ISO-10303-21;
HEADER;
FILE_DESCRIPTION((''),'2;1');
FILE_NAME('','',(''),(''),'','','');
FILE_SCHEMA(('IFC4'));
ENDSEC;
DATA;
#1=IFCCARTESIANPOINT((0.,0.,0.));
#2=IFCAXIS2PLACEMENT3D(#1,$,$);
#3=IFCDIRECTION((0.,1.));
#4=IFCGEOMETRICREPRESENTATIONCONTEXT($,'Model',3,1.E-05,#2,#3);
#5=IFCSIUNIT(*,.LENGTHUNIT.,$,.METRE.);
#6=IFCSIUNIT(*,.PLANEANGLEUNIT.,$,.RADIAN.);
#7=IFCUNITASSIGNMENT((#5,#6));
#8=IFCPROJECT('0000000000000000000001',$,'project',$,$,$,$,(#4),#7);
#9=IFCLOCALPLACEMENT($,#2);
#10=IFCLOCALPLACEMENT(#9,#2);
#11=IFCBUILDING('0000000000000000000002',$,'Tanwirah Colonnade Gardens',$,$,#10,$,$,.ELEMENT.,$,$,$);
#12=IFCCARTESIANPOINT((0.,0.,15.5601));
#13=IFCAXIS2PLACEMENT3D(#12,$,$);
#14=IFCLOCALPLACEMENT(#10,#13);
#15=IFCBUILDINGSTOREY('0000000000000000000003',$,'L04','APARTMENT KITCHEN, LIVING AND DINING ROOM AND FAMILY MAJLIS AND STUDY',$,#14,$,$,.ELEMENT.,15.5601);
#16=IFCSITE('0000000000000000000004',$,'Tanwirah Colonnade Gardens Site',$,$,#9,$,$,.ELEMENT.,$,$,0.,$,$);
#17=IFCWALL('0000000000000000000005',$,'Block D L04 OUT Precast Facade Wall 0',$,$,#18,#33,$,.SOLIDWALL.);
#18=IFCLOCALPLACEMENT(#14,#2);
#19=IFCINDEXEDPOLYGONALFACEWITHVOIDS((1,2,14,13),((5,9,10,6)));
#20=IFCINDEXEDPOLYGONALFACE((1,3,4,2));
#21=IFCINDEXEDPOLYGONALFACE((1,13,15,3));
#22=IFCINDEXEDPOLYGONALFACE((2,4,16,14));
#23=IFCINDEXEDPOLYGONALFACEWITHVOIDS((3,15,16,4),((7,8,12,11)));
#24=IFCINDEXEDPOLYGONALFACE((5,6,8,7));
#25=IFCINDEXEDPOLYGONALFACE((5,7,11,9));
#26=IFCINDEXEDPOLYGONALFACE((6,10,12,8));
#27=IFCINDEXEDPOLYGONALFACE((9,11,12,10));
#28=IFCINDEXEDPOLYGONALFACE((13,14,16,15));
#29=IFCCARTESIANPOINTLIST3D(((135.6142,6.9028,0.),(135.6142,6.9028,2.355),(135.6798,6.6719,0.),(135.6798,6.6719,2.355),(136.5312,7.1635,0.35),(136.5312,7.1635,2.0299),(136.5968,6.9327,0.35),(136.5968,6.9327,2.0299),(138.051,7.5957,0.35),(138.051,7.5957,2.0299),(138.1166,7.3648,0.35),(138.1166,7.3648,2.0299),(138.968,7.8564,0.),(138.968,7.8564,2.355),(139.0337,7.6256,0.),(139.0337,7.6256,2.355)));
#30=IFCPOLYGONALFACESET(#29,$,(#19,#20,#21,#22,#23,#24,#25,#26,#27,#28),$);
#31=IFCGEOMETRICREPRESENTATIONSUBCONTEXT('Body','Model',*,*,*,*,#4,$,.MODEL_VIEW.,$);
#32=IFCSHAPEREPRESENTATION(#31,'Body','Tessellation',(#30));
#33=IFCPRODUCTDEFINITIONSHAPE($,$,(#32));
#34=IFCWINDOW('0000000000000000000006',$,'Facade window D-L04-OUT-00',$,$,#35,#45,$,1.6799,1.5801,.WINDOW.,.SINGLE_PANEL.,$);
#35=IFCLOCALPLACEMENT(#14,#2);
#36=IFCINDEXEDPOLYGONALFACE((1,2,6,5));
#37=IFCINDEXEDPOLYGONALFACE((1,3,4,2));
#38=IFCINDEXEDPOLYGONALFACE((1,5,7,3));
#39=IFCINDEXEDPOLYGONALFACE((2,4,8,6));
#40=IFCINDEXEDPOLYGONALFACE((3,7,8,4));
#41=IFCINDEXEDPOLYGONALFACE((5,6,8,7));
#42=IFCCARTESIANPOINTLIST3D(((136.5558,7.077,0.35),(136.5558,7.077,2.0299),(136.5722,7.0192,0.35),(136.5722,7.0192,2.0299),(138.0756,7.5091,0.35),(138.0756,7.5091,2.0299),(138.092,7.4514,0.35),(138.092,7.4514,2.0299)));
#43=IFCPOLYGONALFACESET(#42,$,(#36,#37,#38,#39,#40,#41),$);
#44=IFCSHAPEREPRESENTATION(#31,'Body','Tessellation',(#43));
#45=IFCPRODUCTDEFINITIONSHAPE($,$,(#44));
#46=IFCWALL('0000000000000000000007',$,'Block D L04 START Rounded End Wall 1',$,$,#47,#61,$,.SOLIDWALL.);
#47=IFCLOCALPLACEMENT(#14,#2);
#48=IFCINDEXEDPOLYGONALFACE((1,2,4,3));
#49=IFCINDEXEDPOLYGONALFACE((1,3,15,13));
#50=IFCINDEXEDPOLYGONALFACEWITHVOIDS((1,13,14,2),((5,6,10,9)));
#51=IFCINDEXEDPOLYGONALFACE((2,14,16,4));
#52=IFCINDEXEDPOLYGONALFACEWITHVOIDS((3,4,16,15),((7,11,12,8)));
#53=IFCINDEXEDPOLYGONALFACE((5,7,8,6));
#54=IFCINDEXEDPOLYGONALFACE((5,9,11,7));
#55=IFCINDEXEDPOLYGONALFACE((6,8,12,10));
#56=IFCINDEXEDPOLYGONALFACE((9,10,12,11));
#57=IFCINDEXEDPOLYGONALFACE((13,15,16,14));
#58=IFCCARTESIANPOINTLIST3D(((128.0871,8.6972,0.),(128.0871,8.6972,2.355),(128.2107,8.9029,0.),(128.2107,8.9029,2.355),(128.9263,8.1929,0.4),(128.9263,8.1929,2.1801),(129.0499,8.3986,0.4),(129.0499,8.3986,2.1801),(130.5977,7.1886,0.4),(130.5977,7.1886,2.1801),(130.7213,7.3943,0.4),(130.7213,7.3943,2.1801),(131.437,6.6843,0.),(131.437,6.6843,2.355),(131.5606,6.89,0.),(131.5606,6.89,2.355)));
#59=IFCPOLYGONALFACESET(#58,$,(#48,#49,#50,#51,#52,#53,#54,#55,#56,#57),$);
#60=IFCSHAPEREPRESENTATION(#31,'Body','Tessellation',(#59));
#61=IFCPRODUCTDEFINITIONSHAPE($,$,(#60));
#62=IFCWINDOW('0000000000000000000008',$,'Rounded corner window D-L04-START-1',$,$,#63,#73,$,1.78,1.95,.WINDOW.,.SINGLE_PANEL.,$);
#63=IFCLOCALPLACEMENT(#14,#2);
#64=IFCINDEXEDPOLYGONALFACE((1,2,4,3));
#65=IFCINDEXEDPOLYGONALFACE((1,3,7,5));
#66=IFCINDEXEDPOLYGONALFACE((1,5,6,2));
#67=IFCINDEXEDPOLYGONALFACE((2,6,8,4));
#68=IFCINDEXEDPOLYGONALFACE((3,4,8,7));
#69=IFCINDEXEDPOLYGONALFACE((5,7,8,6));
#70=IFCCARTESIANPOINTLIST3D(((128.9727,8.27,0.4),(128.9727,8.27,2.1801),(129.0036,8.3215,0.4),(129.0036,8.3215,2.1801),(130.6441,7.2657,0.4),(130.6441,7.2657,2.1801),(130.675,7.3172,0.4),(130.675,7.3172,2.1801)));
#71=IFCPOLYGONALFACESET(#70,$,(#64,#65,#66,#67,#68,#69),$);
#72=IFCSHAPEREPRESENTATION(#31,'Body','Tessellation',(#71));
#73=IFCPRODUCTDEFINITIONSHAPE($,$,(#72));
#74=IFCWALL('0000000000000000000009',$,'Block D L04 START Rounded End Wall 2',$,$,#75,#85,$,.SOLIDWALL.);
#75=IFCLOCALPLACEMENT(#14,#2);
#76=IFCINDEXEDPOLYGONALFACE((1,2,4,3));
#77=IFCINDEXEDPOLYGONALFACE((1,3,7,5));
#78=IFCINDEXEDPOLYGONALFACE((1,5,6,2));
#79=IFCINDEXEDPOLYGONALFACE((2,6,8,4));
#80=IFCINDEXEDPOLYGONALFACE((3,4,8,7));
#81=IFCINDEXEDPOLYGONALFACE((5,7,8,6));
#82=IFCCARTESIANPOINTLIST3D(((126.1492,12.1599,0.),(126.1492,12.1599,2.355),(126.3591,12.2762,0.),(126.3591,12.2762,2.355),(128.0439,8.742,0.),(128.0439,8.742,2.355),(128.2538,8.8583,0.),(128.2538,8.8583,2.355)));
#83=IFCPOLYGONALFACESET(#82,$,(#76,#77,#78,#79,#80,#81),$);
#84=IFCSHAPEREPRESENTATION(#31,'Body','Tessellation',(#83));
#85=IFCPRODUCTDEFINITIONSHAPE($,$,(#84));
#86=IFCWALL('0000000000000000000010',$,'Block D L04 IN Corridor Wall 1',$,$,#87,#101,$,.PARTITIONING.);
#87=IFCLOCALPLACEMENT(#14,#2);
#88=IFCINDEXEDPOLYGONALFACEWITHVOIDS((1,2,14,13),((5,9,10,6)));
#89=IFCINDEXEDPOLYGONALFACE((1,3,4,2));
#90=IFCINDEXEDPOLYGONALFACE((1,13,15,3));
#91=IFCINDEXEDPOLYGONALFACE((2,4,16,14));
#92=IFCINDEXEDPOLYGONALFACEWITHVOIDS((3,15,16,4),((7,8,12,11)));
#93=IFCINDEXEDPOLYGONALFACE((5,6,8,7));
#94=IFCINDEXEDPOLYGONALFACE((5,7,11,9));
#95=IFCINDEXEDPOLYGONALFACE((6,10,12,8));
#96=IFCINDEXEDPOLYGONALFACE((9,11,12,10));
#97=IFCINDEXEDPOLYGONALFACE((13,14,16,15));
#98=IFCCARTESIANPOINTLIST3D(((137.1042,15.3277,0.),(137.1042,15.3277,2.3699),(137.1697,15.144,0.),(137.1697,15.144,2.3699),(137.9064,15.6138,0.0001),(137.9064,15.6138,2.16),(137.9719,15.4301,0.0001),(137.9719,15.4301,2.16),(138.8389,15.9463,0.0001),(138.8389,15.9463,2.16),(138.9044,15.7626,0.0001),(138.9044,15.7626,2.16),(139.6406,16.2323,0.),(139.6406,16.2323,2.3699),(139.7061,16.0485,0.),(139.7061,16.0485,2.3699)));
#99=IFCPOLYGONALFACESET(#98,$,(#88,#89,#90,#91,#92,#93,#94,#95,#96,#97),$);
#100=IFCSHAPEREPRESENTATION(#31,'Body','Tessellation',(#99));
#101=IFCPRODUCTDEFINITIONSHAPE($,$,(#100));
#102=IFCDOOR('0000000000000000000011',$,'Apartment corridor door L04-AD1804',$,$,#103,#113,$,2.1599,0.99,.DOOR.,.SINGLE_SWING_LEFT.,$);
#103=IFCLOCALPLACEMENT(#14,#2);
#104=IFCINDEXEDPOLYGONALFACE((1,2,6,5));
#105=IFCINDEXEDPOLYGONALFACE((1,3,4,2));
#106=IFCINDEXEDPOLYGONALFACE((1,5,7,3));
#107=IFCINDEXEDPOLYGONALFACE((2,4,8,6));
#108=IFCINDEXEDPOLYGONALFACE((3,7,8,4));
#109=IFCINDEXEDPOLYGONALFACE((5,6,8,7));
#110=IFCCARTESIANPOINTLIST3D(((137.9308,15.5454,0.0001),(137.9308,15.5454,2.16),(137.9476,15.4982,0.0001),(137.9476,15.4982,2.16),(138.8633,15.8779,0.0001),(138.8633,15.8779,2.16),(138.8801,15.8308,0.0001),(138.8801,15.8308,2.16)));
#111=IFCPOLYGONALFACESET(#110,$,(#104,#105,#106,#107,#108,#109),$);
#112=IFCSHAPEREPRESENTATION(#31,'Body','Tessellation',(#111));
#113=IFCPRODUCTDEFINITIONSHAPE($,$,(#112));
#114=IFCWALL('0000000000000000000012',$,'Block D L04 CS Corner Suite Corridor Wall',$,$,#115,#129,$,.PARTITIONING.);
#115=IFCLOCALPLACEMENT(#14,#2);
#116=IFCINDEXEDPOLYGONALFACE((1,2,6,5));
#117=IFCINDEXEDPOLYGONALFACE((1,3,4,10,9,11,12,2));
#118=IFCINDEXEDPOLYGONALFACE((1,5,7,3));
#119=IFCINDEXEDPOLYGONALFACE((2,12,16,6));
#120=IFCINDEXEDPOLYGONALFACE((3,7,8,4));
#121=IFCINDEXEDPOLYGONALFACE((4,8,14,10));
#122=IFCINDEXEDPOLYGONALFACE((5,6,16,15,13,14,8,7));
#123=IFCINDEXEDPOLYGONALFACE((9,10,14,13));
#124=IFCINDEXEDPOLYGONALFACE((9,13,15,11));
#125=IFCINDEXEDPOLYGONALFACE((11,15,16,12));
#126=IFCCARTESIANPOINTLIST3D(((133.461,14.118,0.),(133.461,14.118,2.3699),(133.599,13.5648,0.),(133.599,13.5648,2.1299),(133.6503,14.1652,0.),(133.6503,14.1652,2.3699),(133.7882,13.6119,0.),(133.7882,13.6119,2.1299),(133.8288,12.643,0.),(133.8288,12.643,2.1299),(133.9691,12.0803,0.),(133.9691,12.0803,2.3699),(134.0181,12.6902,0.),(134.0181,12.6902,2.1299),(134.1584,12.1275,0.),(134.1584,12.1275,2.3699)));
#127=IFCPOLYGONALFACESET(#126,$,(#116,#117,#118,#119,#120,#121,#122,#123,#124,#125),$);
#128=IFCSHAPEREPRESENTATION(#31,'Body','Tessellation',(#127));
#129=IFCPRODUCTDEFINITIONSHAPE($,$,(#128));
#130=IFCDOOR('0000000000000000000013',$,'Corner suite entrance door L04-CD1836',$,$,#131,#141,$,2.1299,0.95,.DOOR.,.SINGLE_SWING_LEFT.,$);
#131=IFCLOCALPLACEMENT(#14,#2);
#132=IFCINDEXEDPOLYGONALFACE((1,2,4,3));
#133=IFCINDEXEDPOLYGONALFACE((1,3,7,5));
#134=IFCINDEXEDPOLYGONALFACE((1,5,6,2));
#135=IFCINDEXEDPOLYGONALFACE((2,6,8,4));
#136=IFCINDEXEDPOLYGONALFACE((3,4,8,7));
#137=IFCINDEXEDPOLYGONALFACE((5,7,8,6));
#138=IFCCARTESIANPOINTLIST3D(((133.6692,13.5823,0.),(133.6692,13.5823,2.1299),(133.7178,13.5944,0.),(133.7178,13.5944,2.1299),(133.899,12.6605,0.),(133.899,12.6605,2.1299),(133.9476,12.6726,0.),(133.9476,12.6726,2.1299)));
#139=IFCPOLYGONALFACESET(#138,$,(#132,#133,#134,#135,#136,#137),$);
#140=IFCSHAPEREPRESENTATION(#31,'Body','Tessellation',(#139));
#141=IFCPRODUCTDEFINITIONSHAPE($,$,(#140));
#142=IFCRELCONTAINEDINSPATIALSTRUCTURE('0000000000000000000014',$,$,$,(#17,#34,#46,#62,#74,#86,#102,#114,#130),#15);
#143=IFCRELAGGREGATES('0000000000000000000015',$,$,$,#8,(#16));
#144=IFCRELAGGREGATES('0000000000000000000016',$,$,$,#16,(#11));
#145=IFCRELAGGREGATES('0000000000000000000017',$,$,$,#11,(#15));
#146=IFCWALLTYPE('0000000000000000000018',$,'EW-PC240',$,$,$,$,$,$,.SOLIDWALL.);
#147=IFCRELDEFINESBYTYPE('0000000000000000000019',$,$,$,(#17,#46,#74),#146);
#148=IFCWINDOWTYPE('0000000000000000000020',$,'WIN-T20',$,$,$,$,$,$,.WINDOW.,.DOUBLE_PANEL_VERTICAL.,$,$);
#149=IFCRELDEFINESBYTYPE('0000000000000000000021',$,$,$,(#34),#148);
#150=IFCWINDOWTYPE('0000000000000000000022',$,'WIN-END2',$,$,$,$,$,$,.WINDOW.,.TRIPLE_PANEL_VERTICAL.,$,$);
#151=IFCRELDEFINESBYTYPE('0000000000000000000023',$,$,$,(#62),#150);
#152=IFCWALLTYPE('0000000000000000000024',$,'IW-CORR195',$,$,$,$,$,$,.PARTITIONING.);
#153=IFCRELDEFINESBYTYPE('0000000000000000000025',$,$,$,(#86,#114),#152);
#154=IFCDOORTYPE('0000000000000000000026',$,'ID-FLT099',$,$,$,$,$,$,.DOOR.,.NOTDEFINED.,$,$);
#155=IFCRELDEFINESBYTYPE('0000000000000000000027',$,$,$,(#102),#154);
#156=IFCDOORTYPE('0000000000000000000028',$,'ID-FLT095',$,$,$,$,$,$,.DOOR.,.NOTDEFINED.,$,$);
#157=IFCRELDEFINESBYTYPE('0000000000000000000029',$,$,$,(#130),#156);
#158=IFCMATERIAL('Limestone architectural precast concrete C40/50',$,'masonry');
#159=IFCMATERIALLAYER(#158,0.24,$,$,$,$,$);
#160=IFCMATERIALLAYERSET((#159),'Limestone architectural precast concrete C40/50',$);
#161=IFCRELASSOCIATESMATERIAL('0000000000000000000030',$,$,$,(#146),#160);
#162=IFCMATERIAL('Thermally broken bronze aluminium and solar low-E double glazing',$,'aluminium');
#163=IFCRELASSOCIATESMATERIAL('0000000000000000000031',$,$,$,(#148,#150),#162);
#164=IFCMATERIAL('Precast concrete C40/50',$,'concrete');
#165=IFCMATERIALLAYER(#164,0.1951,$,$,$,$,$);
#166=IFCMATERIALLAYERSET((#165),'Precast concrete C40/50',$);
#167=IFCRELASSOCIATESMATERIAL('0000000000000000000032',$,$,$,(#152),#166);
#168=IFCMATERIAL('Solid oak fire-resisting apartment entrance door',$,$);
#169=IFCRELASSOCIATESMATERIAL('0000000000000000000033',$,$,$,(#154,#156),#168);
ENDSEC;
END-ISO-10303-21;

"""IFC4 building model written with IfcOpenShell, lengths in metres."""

from ifc_helpers import new_model, si_unit, direction, frame, frame_2d, origin, place, context, subcontext, project, spatial, rectangle, extrude, material, layer, layer_set, type_object, element, fill, save


model = new_model("IFC4")

# Units and contexts
model_context = context("Model", 3, precision=1e-05, world=origin(), true_north=direction((0.0, 1.0)))
body_context = subcontext(model_context, "Body", "Model", "MODEL_VIEW")
ifc_project = project(units=[si_unit("LENGTHUNIT", "METRE"), si_unit("PLANEANGLEUNIT", "RADIAN")], contexts=[model_context])

# Site, building, storey
site_placement = place(None, origin())
site = spatial("IfcSite", under=ifc_project, at=site_placement, Name="Tanwirah Colonnade Gardens Site", CompositionType="ELEMENT", RefElevation=0.0)
building_placement = place(site_placement, origin())
building = spatial("IfcBuilding", under=site, at=building_placement, Name="Tanwirah Colonnade Gardens", CompositionType="ELEMENT")
storey_placement = place(building_placement, frame((0.0, 0.0, 15.5601)))
storey = spatial("IfcBuildingStorey", under=building, at=storey_placement, Name="L04", Description="APARTMENT KITCHEN, LIVING AND DINING ROOM AND FAMILY MAJLIS AND STUDY", CompositionType="ELEMENT", Elevation=15.5601)

# Shared definitions
ifc_material_1 = material(Name="Precast concrete C40/50", Category="concrete")

# Walls, openings, windows
ifc_material_2 = material(Name="Limestone architectural precast concrete C40/50", Category="masonry")
ifc_layer_1 = layer(ifc_material_2, 0.24)
ifc_layer_set_1 = layer_set([ifc_layer_1], Name="Limestone architectural precast concrete C40/50")
wall_type_1 = type_object("IfcWallType", Name="EW-PC240", PredefinedType="SOLIDWALL", material=ifc_layer_set_1)
wall_1_placement = place(storey_placement, frame((135.647, 6.7874, 0.0), z_axis=(0.0, 0.0, 1.0), x_axis=(0.961872, 0.2735, 0.0)))
wall_1 = element("IfcWall", 1, at=wall_1_placement, inside=storey, type_object=wall_type_1, Name="Block D L04 OUT Precast Facade Wall 0", PredefinedType="SOLIDWALL", context=body_context, shape_type="SweptSolid", body=[
    extrude(rectangle(XDim=3.4868, YDim=0.24, at=frame_2d((1.7434, 0.0))), origin(), (0.0, 0.0, 1.0), 2.355),
])
opening_1_placement = place(wall_1_placement, frame((0.9534, 0.0, 0.3501)))
opening_1 = element("IfcOpeningElement", 2, at=opening_1_placement, cuts=wall_1, PredefinedType="OPENING", context=body_context, shape_type="SweptSolid", body=[
    extrude(rectangle(XDim=1.5801, YDim=1.6799, at=frame_2d((0.79, 0.8398))), frame((0.0, 0.1299, 0.0), z_axis=(0.0, -1.0, 0.0), x_axis=(1.0, 0.0, 0.0)), (0.0, 0.0, 1.0), 0.26),
])
ifc_material_3 = material(Name="Thermally broken bronze aluminium and solar low-E double glazing", Category="aluminium")
window_type_1 = type_object("IfcWindowType", Name="WIN-T20", PartitioningType="DOUBLE_PANEL_VERTICAL", PredefinedType="WINDOW", material=ifc_material_3)
window_1_placement = place(opening_1_placement, origin())
window_1 = element("IfcWindow", 3, at=window_1_placement, inside=storey, type_object=window_type_1, Name="Facade window D-L04-OUT-00", OverallHeight=1.6799, OverallWidth=1.5801, PartitioningType="SINGLE_PANEL", PredefinedType="WINDOW", context=body_context, shape_type="SweptSolid", body=[
    extrude(rectangle(XDim=1.5801, YDim=1.6799, at=frame_2d((0.79, 0.8398))), frame((0.0, 0.03, 0.0), z_axis=(0.0, -1.0, 0.0), x_axis=(1.0, 0.0, 0.0)), (0.0, 0.0, 1.0), 0.0601),
])
fill(opening_1, window_1)
wall_2_placement = place(storey_placement, frame((131.4988, 6.7871, 0.0), z_axis=(0.0, 0.0, 1.0), x_axis=(-0.857151, 0.515065, 0.0)))
wall_2 = element("IfcWall", 4, at=wall_2_placement, inside=storey, type_object=wall_type_1, Name="Block D L04 START Rounded End Wall 1", PredefinedType="SOLIDWALL", context=body_context, shape_type="SweptSolid", body=[
    extrude(rectangle(XDim=3.9082, YDim=0.24, at=frame_2d((1.9541, 0.0))), origin(), (0.0, 0.0, 1.0), 2.355),
])
opening_2_placement = place(wall_2_placement, frame((0.979, 0.0, 0.3999)))
opening_2 = element("IfcOpeningElement", 5, at=opening_2_placement, cuts=wall_2, PredefinedType="OPENING", context=body_context, shape_type="SweptSolid", body=[
    extrude(rectangle(XDim=1.95, YDim=1.78, at=frame_2d((0.9751, 0.8901))), frame((0.0, 0.1299, 0.0), z_axis=(0.0, -1.0, 0.0), x_axis=(1.0, 0.0, 0.0)), (0.0, 0.0, 1.0), 0.26),
])
window_type_2 = type_object("IfcWindowType", Name="WIN-END2", PartitioningType="TRIPLE_PANEL_VERTICAL", PredefinedType="WINDOW", material=ifc_material_3)
window_2_placement = place(opening_2_placement, origin())
window_2 = element("IfcWindow", 6, at=window_2_placement, inside=storey, type_object=window_type_2, Name="Rounded corner window D-L04-START-1", OverallHeight=1.78, OverallWidth=1.95, PartitioningType="SINGLE_PANEL", PredefinedType="WINDOW", context=body_context, shape_type="SweptSolid", body=[
    extrude(rectangle(XDim=1.95, YDim=1.78, at=frame_2d((0.9751, 0.8901))), frame((0.0, 0.03, 0.0), z_axis=(0.0, -1.0, 0.0), x_axis=(1.0, 0.0, 0.0)), (0.0, 0.0, 1.0), 0.0601),
])
fill(opening_2, window_2)

# Wall
wall_3_placement = place(storey_placement, frame((128.1489, 8.8, 0.0), z_axis=(0.0, 0.0, 1.0), x_axis=(-0.484842, 0.874602, 0.0)))
element("IfcWall", 7, at=wall_3_placement, inside=storey, type_object=wall_type_1, Name="Block D L04 START Rounded End Wall 2", PredefinedType="SOLIDWALL", context=body_context, shape_type="SweptSolid", body=[
    extrude(rectangle(XDim=3.908, YDim=0.24, at=frame_2d((1.9541, 0.0))), origin(), (0.0, 0.0, 1.0), 2.355),
])

# Walls, openings, doors
ifc_layer_2 = layer(ifc_material_1, 0.1951)
ifc_layer_set_2 = layer_set([ifc_layer_2], Name="Precast concrete C40/50")
wall_type_2 = type_object("IfcWallType", Name="IW-CORR195", PredefinedType="PARTITIONING", material=ifc_layer_set_2)
ifc_material_4 = material(Name="Solid oak fire-resisting apartment entrance door")
wall_4_placement = place(storey_placement, frame((137.137, 15.2358, 0.0), z_axis=(0.0, 0.0, 1.0), x_axis=(0.941896, 0.335906, 0.0)))
wall_4 = element("IfcWall", 8, at=wall_4_placement, inside=storey, type_object=wall_type_2, Name="Block D L04 IN Corridor Wall 1", PredefinedType="PARTITIONING", context=body_context, shape_type="SweptSolid", body=[
    extrude(rectangle(XDim=2.6929, YDim=0.1951, at=frame_2d((1.3464, 0.0))), origin(), (0.0, 0.0, 1.0), 2.3699),
])
opening_3_placement = place(wall_4_placement, frame((0.8516, 0.0, 0.0)))
opening_3 = element("IfcOpeningElement", 9, at=opening_3_placement, cuts=wall_4, PredefinedType="OPENING", context=body_context, shape_type="SweptSolid", body=[
    extrude(rectangle(XDim=0.99, YDim=2.1599, at=frame_2d((0.4951, 1.0801))), frame((0.0, 0.1074, 0.0), z_axis=(0.0, -1.0, 0.0), x_axis=(1.0, 0.0, 0.0)), (0.0, 0.0, 1.0), 0.2151),
])
door_type_1 = type_object("IfcDoorType", Name="ID-FLT099", OperationType="NOTDEFINED", PredefinedType="DOOR", material=ifc_material_4)
door_1_placement = place(opening_3_placement, origin())
door_1 = element("IfcDoor", 10, at=door_1_placement, inside=storey, type_object=door_type_1, Name="Apartment corridor door L04-AD1804", OperationType="SINGLE_SWING_LEFT", OverallHeight=2.1599, OverallWidth=0.99, PredefinedType="DOOR", context=body_context, shape_type="SweptSolid", body=[
    extrude(rectangle(XDim=0.99, YDim=2.1599, at=frame_2d((0.4951, 1.0801))), frame((0.0, 0.0249, 0.0), z_axis=(0.0, -1.0, 0.0), x_axis=(1.0, 0.0, 0.0)), (0.0, 0.0, 1.0), 0.05),
])
fill(opening_3, door_1)
wall_5_placement = place(storey_placement, frame((133.5557, 14.1416, 0.0), z_axis=(0.0, 0.0, 1.0), x_axis=(0.241934, -0.970293, 0.0)))
wall_5 = element("IfcWall", 11, at=wall_5_placement, inside=storey, type_object=wall_type_2, Name="Block D L04 CS Corner Suite Corridor Wall", PredefinedType="PARTITIONING", context=body_context, shape_type="SweptSolid", body=[
    extrude(rectangle(XDim=2.1001, YDim=0.1951, at=frame_2d((1.05, 0.0))), origin(), (0.0, 0.0, 1.0), 2.3699),
])
opening_4_placement = place(wall_5_placement, frame((0.5701, 0.0, 0.0)))
opening_4 = element("IfcOpeningElement", 12, at=opening_4_placement, cuts=wall_5, PredefinedType="OPENING", context=body_context, shape_type="SweptSolid", body=[
    extrude(rectangle(XDim=0.95, YDim=2.1299, at=frame_2d((0.4751, 1.0649))), frame((0.0, 0.1074, 0.0), z_axis=(0.0, -1.0, 0.0), x_axis=(1.0, 0.0, 0.0)), (0.0, 0.0, 1.0), 0.2151),
])
door_type_2 = type_object("IfcDoorType", Name="ID-FLT095", OperationType="NOTDEFINED", PredefinedType="DOOR", material=ifc_material_4)
door_2_placement = place(opening_4_placement, origin())
door_2 = element("IfcDoor", 13, at=door_2_placement, inside=storey, type_object=door_type_2, Name="Corner suite entrance door L04-CD1836", OperationType="SINGLE_SWING_LEFT", OverallHeight=2.1299, OverallWidth=0.95, PredefinedType="DOOR", context=body_context, shape_type="SweptSolid", body=[
    extrude(rectangle(XDim=0.95, YDim=2.1299, at=frame_2d((0.4751, 1.0649))), frame((0.0, 0.0249, 0.0), z_axis=(0.0, -1.0, 0.0), x_axis=(1.0, 0.0, 0.0)), (0.0, 0.0, 1.0), 0.05),
])
fill(opening_4, door_2)

save(model, "model.ifc")
